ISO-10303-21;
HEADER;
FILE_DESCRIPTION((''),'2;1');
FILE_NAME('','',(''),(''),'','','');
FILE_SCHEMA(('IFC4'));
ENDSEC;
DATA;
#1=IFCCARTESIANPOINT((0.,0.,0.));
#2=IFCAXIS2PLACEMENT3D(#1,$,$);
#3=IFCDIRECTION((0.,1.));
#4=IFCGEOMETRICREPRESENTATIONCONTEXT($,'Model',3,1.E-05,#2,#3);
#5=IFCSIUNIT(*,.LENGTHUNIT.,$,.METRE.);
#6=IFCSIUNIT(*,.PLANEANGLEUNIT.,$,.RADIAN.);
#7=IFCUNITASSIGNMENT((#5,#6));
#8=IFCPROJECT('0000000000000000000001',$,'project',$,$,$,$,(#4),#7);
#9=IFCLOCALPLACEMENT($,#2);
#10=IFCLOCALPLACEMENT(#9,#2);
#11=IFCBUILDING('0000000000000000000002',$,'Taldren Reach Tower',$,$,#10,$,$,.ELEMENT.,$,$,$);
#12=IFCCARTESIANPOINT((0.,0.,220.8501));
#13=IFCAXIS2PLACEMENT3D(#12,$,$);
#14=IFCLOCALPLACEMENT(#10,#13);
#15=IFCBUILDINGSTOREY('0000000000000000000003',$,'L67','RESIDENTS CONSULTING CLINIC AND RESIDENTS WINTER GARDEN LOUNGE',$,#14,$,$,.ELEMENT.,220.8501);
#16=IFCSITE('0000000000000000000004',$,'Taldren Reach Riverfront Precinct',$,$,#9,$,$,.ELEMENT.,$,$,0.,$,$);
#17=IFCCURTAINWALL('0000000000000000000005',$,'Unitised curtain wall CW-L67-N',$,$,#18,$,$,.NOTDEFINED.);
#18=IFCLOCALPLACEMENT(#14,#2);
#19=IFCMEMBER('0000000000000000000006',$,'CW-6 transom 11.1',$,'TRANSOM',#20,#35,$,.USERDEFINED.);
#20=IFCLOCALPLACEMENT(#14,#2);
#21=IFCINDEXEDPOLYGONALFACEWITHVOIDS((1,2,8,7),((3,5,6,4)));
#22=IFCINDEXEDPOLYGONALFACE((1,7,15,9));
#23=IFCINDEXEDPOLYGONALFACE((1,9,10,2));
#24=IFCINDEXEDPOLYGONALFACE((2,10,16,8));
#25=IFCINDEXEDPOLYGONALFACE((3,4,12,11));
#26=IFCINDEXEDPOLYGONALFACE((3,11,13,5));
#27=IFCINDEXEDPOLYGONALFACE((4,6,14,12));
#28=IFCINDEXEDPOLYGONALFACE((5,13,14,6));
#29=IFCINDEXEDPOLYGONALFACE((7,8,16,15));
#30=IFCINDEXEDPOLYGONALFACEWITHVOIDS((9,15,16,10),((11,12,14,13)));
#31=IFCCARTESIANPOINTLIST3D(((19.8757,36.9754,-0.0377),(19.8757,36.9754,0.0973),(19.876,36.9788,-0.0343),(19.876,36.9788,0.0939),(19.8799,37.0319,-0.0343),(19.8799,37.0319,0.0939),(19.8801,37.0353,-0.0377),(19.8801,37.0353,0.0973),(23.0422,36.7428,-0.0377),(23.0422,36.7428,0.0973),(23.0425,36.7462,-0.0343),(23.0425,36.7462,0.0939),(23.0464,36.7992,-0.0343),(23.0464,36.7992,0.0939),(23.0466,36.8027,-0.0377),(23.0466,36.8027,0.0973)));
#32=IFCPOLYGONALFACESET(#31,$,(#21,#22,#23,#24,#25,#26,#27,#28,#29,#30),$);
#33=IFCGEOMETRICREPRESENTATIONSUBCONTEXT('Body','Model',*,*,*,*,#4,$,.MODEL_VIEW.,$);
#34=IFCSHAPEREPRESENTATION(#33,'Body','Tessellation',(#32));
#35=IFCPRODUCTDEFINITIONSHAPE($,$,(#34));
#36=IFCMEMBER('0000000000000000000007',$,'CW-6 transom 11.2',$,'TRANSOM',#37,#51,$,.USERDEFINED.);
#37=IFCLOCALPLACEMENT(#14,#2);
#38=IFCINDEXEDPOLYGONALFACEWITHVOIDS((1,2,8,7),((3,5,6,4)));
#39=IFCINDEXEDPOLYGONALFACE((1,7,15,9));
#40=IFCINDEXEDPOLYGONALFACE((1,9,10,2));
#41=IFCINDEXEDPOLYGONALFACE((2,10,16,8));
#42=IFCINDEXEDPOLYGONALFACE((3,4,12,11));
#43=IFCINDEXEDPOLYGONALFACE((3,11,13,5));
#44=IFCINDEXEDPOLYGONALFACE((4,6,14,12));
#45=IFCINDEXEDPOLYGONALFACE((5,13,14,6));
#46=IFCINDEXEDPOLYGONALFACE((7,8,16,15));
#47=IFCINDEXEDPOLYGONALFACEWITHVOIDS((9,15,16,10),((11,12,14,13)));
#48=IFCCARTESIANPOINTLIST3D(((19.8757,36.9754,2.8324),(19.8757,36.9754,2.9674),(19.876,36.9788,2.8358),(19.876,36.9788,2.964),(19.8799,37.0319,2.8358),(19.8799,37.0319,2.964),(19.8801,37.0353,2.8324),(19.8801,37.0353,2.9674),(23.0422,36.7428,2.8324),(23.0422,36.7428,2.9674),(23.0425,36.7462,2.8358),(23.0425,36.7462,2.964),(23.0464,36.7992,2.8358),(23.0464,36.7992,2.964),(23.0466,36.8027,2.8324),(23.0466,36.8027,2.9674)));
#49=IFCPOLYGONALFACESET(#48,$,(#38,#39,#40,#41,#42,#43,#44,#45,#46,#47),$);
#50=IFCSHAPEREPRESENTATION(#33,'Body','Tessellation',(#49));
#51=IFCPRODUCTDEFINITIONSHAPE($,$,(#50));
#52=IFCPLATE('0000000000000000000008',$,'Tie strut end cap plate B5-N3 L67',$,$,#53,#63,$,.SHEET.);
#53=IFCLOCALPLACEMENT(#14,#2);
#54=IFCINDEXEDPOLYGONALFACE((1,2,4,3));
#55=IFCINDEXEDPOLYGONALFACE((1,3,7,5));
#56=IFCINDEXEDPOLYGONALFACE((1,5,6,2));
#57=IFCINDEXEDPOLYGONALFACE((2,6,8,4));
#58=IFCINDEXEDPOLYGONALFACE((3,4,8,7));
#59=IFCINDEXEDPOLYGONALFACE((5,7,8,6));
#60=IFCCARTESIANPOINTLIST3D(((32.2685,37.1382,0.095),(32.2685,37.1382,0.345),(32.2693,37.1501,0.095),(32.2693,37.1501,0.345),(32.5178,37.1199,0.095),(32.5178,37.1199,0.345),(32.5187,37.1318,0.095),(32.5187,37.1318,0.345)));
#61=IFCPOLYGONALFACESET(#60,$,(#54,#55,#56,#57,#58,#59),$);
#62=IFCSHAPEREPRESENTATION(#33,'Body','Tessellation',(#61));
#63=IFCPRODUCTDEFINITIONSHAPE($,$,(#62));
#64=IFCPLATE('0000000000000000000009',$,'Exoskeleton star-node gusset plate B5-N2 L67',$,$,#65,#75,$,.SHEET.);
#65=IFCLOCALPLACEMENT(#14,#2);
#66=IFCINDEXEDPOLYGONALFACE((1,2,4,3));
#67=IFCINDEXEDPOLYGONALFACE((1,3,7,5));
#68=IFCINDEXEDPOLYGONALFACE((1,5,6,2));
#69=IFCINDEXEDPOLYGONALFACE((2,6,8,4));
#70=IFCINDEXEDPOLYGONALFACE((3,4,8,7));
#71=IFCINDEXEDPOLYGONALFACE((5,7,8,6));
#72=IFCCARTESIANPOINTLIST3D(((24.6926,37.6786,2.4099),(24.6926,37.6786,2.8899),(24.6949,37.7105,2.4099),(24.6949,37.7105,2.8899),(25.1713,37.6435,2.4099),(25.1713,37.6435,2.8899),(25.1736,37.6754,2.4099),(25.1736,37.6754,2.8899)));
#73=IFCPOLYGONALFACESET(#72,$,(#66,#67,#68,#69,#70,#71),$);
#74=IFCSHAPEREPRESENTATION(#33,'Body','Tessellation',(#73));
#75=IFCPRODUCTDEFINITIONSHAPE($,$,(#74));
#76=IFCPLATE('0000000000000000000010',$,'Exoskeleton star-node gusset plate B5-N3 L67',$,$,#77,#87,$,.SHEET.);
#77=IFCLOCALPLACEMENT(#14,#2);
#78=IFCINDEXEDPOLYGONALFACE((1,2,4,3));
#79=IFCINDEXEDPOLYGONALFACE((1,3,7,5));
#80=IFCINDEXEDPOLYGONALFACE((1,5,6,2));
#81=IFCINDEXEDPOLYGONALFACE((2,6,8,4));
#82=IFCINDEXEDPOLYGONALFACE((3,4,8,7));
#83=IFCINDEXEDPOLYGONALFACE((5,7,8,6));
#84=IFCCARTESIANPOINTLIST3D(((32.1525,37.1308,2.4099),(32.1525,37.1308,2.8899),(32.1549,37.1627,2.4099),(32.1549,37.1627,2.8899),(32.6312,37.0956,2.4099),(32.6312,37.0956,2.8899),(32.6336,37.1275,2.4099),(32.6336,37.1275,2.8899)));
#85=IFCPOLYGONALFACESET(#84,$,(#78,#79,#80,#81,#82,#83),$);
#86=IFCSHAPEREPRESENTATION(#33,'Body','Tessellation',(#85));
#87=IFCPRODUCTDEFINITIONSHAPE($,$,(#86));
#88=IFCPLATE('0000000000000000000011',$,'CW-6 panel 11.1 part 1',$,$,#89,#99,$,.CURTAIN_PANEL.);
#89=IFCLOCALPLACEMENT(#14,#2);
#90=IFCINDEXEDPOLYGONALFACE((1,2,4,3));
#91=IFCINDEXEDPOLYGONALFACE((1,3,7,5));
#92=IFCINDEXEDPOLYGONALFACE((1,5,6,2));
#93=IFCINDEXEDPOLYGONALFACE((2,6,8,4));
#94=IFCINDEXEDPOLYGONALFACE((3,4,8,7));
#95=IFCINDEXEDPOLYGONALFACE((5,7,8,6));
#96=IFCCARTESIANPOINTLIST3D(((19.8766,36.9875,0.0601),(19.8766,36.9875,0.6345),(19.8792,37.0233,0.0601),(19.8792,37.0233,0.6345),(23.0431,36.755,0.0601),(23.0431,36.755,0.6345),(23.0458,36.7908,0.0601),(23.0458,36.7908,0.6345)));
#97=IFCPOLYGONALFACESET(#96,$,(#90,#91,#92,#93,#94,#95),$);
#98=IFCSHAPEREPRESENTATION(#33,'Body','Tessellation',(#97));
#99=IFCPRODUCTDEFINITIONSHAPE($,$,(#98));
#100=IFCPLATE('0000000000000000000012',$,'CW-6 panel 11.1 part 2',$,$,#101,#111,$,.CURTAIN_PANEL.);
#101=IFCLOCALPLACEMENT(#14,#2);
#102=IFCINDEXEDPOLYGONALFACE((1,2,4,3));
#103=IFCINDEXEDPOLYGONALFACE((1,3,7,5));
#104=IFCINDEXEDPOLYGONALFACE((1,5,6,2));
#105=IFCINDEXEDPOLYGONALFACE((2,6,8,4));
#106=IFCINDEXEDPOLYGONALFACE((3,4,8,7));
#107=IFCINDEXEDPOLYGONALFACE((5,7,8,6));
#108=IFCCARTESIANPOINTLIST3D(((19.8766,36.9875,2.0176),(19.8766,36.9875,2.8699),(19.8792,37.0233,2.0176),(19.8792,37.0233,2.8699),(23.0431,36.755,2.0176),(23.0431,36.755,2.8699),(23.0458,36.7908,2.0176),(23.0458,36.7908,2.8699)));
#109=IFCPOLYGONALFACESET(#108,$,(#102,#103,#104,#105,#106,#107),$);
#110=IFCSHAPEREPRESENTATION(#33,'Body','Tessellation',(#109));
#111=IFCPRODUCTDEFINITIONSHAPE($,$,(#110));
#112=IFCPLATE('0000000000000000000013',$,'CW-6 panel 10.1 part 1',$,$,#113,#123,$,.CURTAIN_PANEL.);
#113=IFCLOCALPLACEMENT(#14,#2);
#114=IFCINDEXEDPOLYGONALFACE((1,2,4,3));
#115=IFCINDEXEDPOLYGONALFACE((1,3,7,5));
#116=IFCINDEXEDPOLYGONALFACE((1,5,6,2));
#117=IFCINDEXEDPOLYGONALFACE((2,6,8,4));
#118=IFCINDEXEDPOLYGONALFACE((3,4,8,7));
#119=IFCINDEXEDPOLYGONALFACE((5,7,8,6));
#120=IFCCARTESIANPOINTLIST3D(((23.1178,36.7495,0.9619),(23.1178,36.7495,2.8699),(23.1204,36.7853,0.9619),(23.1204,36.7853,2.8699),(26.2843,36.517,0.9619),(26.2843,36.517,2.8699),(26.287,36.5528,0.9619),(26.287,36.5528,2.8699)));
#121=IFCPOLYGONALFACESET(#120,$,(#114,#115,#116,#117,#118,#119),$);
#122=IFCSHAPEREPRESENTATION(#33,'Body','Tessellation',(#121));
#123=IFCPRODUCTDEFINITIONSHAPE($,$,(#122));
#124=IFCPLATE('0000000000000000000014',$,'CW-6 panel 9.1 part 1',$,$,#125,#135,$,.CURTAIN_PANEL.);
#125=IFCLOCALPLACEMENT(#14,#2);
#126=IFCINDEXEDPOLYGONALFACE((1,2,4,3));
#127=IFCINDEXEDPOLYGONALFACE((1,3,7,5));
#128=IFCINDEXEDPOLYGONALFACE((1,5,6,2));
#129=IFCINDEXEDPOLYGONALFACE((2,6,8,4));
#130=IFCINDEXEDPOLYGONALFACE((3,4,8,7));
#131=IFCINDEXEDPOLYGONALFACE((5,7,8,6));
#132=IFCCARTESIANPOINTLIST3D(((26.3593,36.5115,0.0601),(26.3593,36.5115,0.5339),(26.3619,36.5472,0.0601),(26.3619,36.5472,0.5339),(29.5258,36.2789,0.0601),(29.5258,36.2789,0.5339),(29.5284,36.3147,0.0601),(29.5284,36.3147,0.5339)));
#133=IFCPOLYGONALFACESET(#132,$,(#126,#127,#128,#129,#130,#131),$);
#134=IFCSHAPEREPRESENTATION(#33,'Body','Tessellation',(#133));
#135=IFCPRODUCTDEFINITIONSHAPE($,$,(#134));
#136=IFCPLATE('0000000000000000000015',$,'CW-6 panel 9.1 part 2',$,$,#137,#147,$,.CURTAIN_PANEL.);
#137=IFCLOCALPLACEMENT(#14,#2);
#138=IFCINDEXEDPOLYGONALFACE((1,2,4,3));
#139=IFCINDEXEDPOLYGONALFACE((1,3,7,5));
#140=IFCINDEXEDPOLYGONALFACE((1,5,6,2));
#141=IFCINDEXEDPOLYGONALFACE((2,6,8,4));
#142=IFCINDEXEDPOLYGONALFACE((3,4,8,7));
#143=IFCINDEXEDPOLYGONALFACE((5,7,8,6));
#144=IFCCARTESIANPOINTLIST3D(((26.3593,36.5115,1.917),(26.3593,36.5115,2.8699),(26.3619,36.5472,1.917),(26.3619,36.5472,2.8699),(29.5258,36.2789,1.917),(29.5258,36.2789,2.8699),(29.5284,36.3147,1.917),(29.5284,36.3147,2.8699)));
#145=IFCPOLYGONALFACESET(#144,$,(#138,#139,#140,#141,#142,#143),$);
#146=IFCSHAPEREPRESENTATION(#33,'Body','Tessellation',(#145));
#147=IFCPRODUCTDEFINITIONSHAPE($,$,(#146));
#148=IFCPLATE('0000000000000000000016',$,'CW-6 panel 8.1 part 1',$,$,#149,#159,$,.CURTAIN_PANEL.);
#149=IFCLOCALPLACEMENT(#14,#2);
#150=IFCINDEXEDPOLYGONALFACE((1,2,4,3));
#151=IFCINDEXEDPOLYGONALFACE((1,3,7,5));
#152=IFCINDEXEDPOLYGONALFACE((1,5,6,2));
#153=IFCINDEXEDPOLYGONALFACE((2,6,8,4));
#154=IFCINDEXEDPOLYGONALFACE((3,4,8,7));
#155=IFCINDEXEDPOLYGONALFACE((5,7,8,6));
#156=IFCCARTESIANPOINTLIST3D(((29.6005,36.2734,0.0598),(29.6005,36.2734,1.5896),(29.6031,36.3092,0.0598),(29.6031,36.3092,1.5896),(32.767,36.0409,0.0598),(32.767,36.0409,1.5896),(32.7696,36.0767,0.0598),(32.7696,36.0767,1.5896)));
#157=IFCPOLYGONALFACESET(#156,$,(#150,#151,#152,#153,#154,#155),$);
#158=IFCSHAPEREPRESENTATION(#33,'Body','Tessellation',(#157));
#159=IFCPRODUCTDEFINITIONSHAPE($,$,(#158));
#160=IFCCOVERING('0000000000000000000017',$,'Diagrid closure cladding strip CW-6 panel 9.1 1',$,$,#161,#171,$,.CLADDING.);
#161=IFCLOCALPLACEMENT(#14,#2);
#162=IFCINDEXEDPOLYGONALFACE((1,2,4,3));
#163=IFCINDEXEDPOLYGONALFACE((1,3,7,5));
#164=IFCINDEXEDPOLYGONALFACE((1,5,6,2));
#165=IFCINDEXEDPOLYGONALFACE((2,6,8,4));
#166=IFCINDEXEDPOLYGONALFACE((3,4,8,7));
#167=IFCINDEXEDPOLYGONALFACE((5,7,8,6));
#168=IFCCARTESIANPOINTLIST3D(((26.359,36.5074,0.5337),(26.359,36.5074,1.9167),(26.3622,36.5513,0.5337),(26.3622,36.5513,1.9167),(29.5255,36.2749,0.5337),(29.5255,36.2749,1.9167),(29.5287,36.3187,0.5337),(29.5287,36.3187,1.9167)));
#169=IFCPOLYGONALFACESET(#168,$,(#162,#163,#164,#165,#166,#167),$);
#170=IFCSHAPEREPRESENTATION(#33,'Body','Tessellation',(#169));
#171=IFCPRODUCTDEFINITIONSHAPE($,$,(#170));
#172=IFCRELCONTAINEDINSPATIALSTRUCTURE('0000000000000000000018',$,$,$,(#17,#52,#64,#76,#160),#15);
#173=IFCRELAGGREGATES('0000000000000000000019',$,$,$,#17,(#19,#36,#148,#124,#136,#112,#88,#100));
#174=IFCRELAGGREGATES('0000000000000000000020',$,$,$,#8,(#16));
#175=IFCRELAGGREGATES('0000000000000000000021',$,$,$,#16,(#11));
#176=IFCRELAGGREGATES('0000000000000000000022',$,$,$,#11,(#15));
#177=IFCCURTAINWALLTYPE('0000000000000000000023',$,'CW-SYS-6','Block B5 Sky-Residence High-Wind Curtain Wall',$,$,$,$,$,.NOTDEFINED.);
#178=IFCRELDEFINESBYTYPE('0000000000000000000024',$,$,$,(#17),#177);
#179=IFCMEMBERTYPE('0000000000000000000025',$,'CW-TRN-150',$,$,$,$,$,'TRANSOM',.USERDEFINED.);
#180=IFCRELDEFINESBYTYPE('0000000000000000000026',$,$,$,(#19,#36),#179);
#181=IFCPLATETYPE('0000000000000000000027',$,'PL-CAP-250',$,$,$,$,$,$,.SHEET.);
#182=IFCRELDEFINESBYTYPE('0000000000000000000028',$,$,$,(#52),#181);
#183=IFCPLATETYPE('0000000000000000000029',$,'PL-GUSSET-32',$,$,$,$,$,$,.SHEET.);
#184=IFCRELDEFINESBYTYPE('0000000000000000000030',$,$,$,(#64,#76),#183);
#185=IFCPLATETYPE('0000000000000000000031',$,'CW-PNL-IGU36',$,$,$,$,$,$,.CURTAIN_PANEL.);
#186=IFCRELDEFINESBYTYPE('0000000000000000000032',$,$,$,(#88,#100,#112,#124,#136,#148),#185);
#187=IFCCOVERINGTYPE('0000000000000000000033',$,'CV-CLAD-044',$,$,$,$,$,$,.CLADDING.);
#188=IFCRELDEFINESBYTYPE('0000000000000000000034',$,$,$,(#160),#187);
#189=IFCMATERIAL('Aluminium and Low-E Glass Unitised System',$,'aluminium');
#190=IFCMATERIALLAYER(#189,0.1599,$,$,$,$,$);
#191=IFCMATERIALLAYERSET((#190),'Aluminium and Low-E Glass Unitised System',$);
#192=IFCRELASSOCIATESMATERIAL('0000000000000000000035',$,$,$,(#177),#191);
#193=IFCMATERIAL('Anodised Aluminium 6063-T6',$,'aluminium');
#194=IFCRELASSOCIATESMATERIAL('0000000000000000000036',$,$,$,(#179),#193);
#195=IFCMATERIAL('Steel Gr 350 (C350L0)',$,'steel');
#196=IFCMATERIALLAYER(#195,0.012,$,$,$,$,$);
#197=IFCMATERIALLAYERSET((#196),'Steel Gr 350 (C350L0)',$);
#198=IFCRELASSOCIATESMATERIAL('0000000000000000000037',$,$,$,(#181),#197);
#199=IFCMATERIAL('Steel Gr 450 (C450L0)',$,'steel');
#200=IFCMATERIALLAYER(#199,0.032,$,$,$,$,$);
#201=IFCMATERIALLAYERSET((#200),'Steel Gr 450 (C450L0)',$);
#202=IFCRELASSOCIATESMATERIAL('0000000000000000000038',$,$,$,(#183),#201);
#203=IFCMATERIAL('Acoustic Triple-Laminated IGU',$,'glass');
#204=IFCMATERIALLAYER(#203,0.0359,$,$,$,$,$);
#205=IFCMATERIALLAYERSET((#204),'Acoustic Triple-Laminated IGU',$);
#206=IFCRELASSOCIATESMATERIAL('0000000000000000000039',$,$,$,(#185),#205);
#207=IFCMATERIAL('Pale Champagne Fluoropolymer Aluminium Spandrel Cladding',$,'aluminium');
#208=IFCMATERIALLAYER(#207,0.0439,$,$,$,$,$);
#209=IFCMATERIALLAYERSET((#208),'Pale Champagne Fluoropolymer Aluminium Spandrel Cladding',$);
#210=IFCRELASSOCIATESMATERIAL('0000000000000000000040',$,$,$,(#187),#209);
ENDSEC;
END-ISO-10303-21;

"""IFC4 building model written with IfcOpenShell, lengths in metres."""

from ifc_helpers import new_model, si_unit, direction, frame, origin, origin_2d, place, context, subcontext, project, spatial, rectangle, hollow_rectangle, extrude, source, transform, mapped, material, layer, layer_set, material_profile, profile_set, type_object, element, aggregate, save


model = new_model("IFC4")

# Units and contexts
model_context = context("Model", 3, precision=1e-05, world=origin(), true_north=direction((0.0, 1.0)))
body_context = subcontext(model_context, "Body", "Model", "MODEL_VIEW")
ifc_project = project(units=[si_unit("LENGTHUNIT", "METRE"), si_unit("PLANEANGLEUNIT", "RADIAN")], contexts=[model_context])

# Site, building, storey
site_placement = place(None, origin())
site = spatial("IfcSite", under=ifc_project, at=site_placement, Name="Taldren Reach Riverfront Precinct", CompositionType="ELEMENT", RefElevation=0.0)
building_placement = place(site_placement, origin())
building = spatial("IfcBuilding", under=site, at=building_placement, Name="Taldren Reach Tower", CompositionType="ELEMENT")
storey_placement = place(building_placement, frame((0.0, 0.0, 220.8501)))
storey = spatial("IfcBuildingStorey", under=building, at=storey_placement, Name="L67", Description="RESIDENTS CONSULTING CLINIC AND RESIDENTS WINTER GARDEN LOUNGE", CompositionType="ELEMENT", Elevation=220.8501)

# Shared definitions
ifc_material_1 = material(Name="Steel Gr 350 (C350L0)", Category="steel")
ifc_material_2 = material(Name="Steel Gr 450 (C450L0)", Category="steel")

# Curtain wall, members
ifc_material_3 = material(Name="Aluminium and Low-E Glass Unitised System", Category="aluminium")
ifc_layer_1 = layer(ifc_material_3, 0.1599)
ifc_layer_set_1 = layer_set([ifc_layer_1], Name="Aluminium and Low-E Glass Unitised System")
curtain_wall_type = type_object("IfcCurtainWallType", Name="CW-SYS-6", Description="Block B5 Sky-Residence High-Wind Curtain Wall", PredefinedType="NOTDEFINED", material=ifc_layer_set_1)
curtain_wall_placement = place(storey_placement, origin())
curtain_wall = element("IfcCurtainWall", 1, at=curtain_wall_placement, inside=storey, type_object=curtain_wall_type, Name="Unitised curtain wall CW-L67-N", PredefinedType="NOTDEFINED")
ifc_material_4 = material(Name="Anodised Aluminium 6063-T6", Category="aluminium")
ifc_material_profile_1 = material_profile(ifc_material_4, hollow_rectangle(XDim=0.0601, YDim=0.135, WallThickness=0.0034, at=origin_2d()), Name="ALU-135x60x3.5RHS")
ifc_profile_set_1 = profile_set([ifc_material_profile_1], Name="Anodised Aluminium 6063-T6")
member_type_1 = type_object("IfcMemberType", Name="CW-TRN-150", ElementType="TRANSOM", PredefinedType="USERDEFINED", material=ifc_profile_set_1)
shared_shape_1 = source(origin(), body_context, "Body", "SweptSolid", [
    extrude(hollow_rectangle(XDim=0.0601, YDim=0.135, WallThickness=0.0034, at=origin_2d()), origin(), (0.0, 0.0, 1.0), 3.175),
])
member_1_placement = place(storey_placement, frame((23.0444, 36.7727, 0.0298), z_axis=(-0.997311, 0.07328, 0.0), x_axis=(-0.07328, -0.997311, 0.0)))
member_1 = element("IfcMember", 2, at=member_1_placement, type_object=member_type_1, Name="CW-6 transom 11.1", ObjectType="TRANSOM", PredefinedType="USERDEFINED", context=body_context, shape_type="MappedRepresentation", body=[
    mapped(shared_shape_1, transform((0.0, 0.0, 0.0), scale=1.0)),
])
member_2_placement = place(storey_placement, frame((23.0444, 36.7727, 2.8999), z_axis=(-0.997311, 0.07328, 0.0), x_axis=(-0.07328, -0.997311, 0.0)))
member_2 = element("IfcMember", 3, at=member_2_placement, type_object=member_type_1, Name="CW-6 transom 11.2", ObjectType="TRANSOM", PredefinedType="USERDEFINED", context=body_context, shape_type="MappedRepresentation", body=[
    mapped(shared_shape_1, transform((0.0, 0.0, 0.0), scale=1.0)),
])

# Plates
ifc_layer_2 = layer(ifc_material_1, 0.012)
ifc_layer_set_2 = layer_set([ifc_layer_2], Name="Steel Gr 350 (C350L0)")
plate_type_1 = type_object("IfcPlateType", Name="PL-CAP-250", PredefinedType="SHEET", material=ifc_layer_set_2)
shared_shape_2 = source(origin(), body_context, "Body", "SweptSolid", [
    extrude(rectangle(XDim=0.25, YDim=0.012, at=origin_2d()), origin(), (0.0, 0.0, 1.0), 0.25),
])
plate_1_placement = place(storey_placement, frame((32.3936, 37.135, 0.095), z_axis=(0.0, 0.0, 1.0), x_axis=(0.997314, -0.073238, 0.0)))
element("IfcPlate", 4, at=plate_1_placement, inside=storey, type_object=plate_type_1, Name="Tie strut end cap plate B5-N3 L67", PredefinedType="SHEET", context=body_context, shape_type="MappedRepresentation", body=[
    mapped(shared_shape_2, transform((0.0, 0.0, 0.0), scale=1.0)),
])
ifc_layer_3 = layer(ifc_material_2, 0.032)
ifc_layer_set_3 = layer_set([ifc_layer_3], Name="Steel Gr 450 (C450L0)")
plate_type_2 = type_object("IfcPlateType", Name="PL-GUSSET-32", PredefinedType="SHEET", material=ifc_layer_set_3)
shared_shape_3 = source(origin(), body_context, "Body", "SweptSolid", [
    extrude(rectangle(XDim=0.48, YDim=0.032, at=origin_2d()), origin(), (0.0, 0.0, 1.0), 0.48),
])
for number, where, z_axis, x_axis, name in (
    (5, (24.9331, 37.677, 2.4099), (0.0, 0.0, 1.0), (0.997314, -0.073238, 0.0), "Exoskeleton star-node gusset plate B5-N2 L67"),
    (6, (32.3931, 37.1292, 2.4099), (0.0, 0.0, 1.0), (0.997314, -0.073238, 0.0), "Exoskeleton star-node gusset plate B5-N3 L67"),
):
    element("IfcPlate", number, at=place(storey_placement, frame(where, z_axis=z_axis, x_axis=x_axis)), inside=storey, type_object=plate_type_2, Name=name, PredefinedType="SHEET", context=body_context, shape_type="MappedRepresentation", body=[
        mapped(shared_shape_3, transform((0.0, 0.0, 0.0), scale=1.0)),
    ])

# Plates
ifc_material_5 = material(Name="Acoustic Triple-Laminated IGU", Category="glass")
ifc_layer_4 = layer(ifc_material_5, 0.0359)
ifc_layer_set_4 = layer_set([ifc_layer_4], Name="Acoustic Triple-Laminated IGU")
plate_type_3 = type_object("IfcPlateType", Name="CW-PNL-IGU36", PredefinedType="CURTAIN_PANEL", material=ifc_layer_set_4)
shared_shape_4 = source(origin(), body_context, "Body", "SweptSolid", [
    extrude(rectangle(XDim=3.175, YDim=0.0359, at=origin_2d()), origin(), (0.0, 0.0, 1.0), 0.5745),
])
plate_2_placement = place(storey_placement, frame((21.4612, 36.8892, 0.0601), z_axis=(0.0, 0.0, 1.0), x_axis=(-0.997314, 0.073238, 0.0)))
plate_2 = element("IfcPlate", 7, at=plate_2_placement, type_object=plate_type_3, Name="CW-6 panel 11.1 part 1", PredefinedType="CURTAIN_PANEL", context=body_context, shape_type="MappedRepresentation", body=[
    mapped(shared_shape_4, transform((0.0, 0.0, 0.0), scale=1.0)),
])
shared_shape_5 = source(origin(), body_context, "Body", "SweptSolid", [
    extrude(rectangle(XDim=3.175, YDim=0.0359, at=origin_2d()), origin(), (0.0, 0.0, 1.0), 0.8523),
])
plate_3_placement = place(storey_placement, frame((21.4612, 36.8892, 2.0176), z_axis=(0.0, 0.0, 1.0), x_axis=(-0.997314, 0.073238, 0.0)))
plate_3 = element("IfcPlate", 8, at=plate_3_placement, type_object=plate_type_3, Name="CW-6 panel 11.1 part 2", PredefinedType="CURTAIN_PANEL", context=body_context, shape_type="MappedRepresentation", body=[
    mapped(shared_shape_5, transform((0.0, 0.0, 0.0), scale=1.0)),
])
shared_shape_6 = source(origin(), body_context, "Body", "SweptSolid", [
    extrude(rectangle(XDim=3.175, YDim=0.0359, at=origin_2d()), origin(), (0.0, 0.0, 1.0), 1.908),
])
plate_4_placement = place(storey_placement, frame((24.7024, 36.6511, 0.9619), z_axis=(0.0, 0.0, 1.0), x_axis=(-0.997314, 0.073238, 0.0)))
plate_4 = element("IfcPlate", 9, at=plate_4_placement, type_object=plate_type_3, Name="CW-6 panel 10.1 part 1", PredefinedType="CURTAIN_PANEL", context=body_context, shape_type="MappedRepresentation", body=[
    mapped(shared_shape_6, transform((0.0, 0.0, 0.0), scale=1.0)),
])
shared_shape_7 = source(origin(), body_context, "Body", "SweptSolid", [
    extrude(rectangle(XDim=3.175, YDim=0.0359, at=origin_2d()), origin(), (0.0, 0.0, 1.0), 0.4739),
])
plate_5_placement = place(storey_placement, frame((27.9438, 36.4131, 0.0601), z_axis=(0.0, 0.0, 1.0), x_axis=(-0.997314, 0.073238, 0.0)))
plate_5 = element("IfcPlate", 10, at=plate_5_placement, type_object=plate_type_3, Name="CW-6 panel 9.1 part 1", PredefinedType="CURTAIN_PANEL", context=body_context, shape_type="MappedRepresentation", body=[
    mapped(shared_shape_7, transform((0.0, 0.0, 0.0), scale=1.0)),
])
shared_shape_8 = source(origin(), body_context, "Body", "SweptSolid", [
    extrude(rectangle(XDim=3.175, YDim=0.0359, at=origin_2d()), origin(), (0.0, 0.0, 1.0), 0.9529),
])
plate_6_placement = place(storey_placement, frame((27.9438, 36.4131, 1.917), z_axis=(0.0, 0.0, 1.0), x_axis=(-0.997314, 0.073238, 0.0)))
plate_6 = element("IfcPlate", 11, at=plate_6_placement, type_object=plate_type_3, Name="CW-6 panel 9.1 part 2", PredefinedType="CURTAIN_PANEL", context=body_context, shape_type="MappedRepresentation", body=[
    mapped(shared_shape_8, transform((0.0, 0.0, 0.0), scale=1.0)),
])
shared_shape_9 = source(origin(), body_context, "Body", "SweptSolid", [
    extrude(rectangle(XDim=3.175, YDim=0.0359, at=origin_2d()), origin(), (0.0, 0.0, 1.0), 1.5298),
])
plate_7_placement = place(storey_placement, frame((31.1851, 36.175, 0.0598), z_axis=(0.0, 0.0, 1.0), x_axis=(-0.997314, 0.073238, 0.0)))
plate_7 = element("IfcPlate", 12, at=plate_7_placement, type_object=plate_type_3, Name="CW-6 panel 8.1 part 1", PredefinedType="CURTAIN_PANEL", context=body_context, shape_type="MappedRepresentation", body=[
    mapped(shared_shape_9, transform((0.0, 0.0, 0.0), scale=1.0)),
])
aggregate(curtain_wall, [member_1, member_2, plate_7, plate_5, plate_6, plate_4, plate_2, plate_3])

# Covering
ifc_material_6 = material(Name="Pale Champagne Fluoropolymer Aluminium Spandrel Cladding", Category="aluminium")
ifc_layer_5 = layer(ifc_material_6, 0.0439)
ifc_layer_set_5 = layer_set([ifc_layer_5], Name="Pale Champagne Fluoropolymer Aluminium Spandrel Cladding")
covering_type = type_object("IfcCoveringType", Name="CV-CLAD-044", PredefinedType="CLADDING", material=ifc_layer_set_5)
shared_shape_10 = source(origin(), body_context, "Body", "SweptSolid", [
    extrude(rectangle(XDim=3.175, YDim=0.0439, at=origin_2d()), origin(), (0.0, 0.0, 1.0), 1.3831),
])
for number, where, z_axis, x_axis, name in (
    (13, (27.9438, 36.4131, 0.5337), (0.0, 0.0, 1.0), (-0.997314, 0.073238, 0.0), "Diagrid closure cladding strip CW-6 panel 9.1 1"),
):
    element("IfcCovering", number, at=place(storey_placement, frame(where, z_axis=z_axis, x_axis=x_axis)), inside=storey, type_object=covering_type, Name=name, PredefinedType="CLADDING", context=body_context, shape_type="MappedRepresentation", body=[
        mapped(shared_shape_10, transform((0.0, 0.0, 0.0), scale=1.0)),
    ])

save(model, "model.ifc")
